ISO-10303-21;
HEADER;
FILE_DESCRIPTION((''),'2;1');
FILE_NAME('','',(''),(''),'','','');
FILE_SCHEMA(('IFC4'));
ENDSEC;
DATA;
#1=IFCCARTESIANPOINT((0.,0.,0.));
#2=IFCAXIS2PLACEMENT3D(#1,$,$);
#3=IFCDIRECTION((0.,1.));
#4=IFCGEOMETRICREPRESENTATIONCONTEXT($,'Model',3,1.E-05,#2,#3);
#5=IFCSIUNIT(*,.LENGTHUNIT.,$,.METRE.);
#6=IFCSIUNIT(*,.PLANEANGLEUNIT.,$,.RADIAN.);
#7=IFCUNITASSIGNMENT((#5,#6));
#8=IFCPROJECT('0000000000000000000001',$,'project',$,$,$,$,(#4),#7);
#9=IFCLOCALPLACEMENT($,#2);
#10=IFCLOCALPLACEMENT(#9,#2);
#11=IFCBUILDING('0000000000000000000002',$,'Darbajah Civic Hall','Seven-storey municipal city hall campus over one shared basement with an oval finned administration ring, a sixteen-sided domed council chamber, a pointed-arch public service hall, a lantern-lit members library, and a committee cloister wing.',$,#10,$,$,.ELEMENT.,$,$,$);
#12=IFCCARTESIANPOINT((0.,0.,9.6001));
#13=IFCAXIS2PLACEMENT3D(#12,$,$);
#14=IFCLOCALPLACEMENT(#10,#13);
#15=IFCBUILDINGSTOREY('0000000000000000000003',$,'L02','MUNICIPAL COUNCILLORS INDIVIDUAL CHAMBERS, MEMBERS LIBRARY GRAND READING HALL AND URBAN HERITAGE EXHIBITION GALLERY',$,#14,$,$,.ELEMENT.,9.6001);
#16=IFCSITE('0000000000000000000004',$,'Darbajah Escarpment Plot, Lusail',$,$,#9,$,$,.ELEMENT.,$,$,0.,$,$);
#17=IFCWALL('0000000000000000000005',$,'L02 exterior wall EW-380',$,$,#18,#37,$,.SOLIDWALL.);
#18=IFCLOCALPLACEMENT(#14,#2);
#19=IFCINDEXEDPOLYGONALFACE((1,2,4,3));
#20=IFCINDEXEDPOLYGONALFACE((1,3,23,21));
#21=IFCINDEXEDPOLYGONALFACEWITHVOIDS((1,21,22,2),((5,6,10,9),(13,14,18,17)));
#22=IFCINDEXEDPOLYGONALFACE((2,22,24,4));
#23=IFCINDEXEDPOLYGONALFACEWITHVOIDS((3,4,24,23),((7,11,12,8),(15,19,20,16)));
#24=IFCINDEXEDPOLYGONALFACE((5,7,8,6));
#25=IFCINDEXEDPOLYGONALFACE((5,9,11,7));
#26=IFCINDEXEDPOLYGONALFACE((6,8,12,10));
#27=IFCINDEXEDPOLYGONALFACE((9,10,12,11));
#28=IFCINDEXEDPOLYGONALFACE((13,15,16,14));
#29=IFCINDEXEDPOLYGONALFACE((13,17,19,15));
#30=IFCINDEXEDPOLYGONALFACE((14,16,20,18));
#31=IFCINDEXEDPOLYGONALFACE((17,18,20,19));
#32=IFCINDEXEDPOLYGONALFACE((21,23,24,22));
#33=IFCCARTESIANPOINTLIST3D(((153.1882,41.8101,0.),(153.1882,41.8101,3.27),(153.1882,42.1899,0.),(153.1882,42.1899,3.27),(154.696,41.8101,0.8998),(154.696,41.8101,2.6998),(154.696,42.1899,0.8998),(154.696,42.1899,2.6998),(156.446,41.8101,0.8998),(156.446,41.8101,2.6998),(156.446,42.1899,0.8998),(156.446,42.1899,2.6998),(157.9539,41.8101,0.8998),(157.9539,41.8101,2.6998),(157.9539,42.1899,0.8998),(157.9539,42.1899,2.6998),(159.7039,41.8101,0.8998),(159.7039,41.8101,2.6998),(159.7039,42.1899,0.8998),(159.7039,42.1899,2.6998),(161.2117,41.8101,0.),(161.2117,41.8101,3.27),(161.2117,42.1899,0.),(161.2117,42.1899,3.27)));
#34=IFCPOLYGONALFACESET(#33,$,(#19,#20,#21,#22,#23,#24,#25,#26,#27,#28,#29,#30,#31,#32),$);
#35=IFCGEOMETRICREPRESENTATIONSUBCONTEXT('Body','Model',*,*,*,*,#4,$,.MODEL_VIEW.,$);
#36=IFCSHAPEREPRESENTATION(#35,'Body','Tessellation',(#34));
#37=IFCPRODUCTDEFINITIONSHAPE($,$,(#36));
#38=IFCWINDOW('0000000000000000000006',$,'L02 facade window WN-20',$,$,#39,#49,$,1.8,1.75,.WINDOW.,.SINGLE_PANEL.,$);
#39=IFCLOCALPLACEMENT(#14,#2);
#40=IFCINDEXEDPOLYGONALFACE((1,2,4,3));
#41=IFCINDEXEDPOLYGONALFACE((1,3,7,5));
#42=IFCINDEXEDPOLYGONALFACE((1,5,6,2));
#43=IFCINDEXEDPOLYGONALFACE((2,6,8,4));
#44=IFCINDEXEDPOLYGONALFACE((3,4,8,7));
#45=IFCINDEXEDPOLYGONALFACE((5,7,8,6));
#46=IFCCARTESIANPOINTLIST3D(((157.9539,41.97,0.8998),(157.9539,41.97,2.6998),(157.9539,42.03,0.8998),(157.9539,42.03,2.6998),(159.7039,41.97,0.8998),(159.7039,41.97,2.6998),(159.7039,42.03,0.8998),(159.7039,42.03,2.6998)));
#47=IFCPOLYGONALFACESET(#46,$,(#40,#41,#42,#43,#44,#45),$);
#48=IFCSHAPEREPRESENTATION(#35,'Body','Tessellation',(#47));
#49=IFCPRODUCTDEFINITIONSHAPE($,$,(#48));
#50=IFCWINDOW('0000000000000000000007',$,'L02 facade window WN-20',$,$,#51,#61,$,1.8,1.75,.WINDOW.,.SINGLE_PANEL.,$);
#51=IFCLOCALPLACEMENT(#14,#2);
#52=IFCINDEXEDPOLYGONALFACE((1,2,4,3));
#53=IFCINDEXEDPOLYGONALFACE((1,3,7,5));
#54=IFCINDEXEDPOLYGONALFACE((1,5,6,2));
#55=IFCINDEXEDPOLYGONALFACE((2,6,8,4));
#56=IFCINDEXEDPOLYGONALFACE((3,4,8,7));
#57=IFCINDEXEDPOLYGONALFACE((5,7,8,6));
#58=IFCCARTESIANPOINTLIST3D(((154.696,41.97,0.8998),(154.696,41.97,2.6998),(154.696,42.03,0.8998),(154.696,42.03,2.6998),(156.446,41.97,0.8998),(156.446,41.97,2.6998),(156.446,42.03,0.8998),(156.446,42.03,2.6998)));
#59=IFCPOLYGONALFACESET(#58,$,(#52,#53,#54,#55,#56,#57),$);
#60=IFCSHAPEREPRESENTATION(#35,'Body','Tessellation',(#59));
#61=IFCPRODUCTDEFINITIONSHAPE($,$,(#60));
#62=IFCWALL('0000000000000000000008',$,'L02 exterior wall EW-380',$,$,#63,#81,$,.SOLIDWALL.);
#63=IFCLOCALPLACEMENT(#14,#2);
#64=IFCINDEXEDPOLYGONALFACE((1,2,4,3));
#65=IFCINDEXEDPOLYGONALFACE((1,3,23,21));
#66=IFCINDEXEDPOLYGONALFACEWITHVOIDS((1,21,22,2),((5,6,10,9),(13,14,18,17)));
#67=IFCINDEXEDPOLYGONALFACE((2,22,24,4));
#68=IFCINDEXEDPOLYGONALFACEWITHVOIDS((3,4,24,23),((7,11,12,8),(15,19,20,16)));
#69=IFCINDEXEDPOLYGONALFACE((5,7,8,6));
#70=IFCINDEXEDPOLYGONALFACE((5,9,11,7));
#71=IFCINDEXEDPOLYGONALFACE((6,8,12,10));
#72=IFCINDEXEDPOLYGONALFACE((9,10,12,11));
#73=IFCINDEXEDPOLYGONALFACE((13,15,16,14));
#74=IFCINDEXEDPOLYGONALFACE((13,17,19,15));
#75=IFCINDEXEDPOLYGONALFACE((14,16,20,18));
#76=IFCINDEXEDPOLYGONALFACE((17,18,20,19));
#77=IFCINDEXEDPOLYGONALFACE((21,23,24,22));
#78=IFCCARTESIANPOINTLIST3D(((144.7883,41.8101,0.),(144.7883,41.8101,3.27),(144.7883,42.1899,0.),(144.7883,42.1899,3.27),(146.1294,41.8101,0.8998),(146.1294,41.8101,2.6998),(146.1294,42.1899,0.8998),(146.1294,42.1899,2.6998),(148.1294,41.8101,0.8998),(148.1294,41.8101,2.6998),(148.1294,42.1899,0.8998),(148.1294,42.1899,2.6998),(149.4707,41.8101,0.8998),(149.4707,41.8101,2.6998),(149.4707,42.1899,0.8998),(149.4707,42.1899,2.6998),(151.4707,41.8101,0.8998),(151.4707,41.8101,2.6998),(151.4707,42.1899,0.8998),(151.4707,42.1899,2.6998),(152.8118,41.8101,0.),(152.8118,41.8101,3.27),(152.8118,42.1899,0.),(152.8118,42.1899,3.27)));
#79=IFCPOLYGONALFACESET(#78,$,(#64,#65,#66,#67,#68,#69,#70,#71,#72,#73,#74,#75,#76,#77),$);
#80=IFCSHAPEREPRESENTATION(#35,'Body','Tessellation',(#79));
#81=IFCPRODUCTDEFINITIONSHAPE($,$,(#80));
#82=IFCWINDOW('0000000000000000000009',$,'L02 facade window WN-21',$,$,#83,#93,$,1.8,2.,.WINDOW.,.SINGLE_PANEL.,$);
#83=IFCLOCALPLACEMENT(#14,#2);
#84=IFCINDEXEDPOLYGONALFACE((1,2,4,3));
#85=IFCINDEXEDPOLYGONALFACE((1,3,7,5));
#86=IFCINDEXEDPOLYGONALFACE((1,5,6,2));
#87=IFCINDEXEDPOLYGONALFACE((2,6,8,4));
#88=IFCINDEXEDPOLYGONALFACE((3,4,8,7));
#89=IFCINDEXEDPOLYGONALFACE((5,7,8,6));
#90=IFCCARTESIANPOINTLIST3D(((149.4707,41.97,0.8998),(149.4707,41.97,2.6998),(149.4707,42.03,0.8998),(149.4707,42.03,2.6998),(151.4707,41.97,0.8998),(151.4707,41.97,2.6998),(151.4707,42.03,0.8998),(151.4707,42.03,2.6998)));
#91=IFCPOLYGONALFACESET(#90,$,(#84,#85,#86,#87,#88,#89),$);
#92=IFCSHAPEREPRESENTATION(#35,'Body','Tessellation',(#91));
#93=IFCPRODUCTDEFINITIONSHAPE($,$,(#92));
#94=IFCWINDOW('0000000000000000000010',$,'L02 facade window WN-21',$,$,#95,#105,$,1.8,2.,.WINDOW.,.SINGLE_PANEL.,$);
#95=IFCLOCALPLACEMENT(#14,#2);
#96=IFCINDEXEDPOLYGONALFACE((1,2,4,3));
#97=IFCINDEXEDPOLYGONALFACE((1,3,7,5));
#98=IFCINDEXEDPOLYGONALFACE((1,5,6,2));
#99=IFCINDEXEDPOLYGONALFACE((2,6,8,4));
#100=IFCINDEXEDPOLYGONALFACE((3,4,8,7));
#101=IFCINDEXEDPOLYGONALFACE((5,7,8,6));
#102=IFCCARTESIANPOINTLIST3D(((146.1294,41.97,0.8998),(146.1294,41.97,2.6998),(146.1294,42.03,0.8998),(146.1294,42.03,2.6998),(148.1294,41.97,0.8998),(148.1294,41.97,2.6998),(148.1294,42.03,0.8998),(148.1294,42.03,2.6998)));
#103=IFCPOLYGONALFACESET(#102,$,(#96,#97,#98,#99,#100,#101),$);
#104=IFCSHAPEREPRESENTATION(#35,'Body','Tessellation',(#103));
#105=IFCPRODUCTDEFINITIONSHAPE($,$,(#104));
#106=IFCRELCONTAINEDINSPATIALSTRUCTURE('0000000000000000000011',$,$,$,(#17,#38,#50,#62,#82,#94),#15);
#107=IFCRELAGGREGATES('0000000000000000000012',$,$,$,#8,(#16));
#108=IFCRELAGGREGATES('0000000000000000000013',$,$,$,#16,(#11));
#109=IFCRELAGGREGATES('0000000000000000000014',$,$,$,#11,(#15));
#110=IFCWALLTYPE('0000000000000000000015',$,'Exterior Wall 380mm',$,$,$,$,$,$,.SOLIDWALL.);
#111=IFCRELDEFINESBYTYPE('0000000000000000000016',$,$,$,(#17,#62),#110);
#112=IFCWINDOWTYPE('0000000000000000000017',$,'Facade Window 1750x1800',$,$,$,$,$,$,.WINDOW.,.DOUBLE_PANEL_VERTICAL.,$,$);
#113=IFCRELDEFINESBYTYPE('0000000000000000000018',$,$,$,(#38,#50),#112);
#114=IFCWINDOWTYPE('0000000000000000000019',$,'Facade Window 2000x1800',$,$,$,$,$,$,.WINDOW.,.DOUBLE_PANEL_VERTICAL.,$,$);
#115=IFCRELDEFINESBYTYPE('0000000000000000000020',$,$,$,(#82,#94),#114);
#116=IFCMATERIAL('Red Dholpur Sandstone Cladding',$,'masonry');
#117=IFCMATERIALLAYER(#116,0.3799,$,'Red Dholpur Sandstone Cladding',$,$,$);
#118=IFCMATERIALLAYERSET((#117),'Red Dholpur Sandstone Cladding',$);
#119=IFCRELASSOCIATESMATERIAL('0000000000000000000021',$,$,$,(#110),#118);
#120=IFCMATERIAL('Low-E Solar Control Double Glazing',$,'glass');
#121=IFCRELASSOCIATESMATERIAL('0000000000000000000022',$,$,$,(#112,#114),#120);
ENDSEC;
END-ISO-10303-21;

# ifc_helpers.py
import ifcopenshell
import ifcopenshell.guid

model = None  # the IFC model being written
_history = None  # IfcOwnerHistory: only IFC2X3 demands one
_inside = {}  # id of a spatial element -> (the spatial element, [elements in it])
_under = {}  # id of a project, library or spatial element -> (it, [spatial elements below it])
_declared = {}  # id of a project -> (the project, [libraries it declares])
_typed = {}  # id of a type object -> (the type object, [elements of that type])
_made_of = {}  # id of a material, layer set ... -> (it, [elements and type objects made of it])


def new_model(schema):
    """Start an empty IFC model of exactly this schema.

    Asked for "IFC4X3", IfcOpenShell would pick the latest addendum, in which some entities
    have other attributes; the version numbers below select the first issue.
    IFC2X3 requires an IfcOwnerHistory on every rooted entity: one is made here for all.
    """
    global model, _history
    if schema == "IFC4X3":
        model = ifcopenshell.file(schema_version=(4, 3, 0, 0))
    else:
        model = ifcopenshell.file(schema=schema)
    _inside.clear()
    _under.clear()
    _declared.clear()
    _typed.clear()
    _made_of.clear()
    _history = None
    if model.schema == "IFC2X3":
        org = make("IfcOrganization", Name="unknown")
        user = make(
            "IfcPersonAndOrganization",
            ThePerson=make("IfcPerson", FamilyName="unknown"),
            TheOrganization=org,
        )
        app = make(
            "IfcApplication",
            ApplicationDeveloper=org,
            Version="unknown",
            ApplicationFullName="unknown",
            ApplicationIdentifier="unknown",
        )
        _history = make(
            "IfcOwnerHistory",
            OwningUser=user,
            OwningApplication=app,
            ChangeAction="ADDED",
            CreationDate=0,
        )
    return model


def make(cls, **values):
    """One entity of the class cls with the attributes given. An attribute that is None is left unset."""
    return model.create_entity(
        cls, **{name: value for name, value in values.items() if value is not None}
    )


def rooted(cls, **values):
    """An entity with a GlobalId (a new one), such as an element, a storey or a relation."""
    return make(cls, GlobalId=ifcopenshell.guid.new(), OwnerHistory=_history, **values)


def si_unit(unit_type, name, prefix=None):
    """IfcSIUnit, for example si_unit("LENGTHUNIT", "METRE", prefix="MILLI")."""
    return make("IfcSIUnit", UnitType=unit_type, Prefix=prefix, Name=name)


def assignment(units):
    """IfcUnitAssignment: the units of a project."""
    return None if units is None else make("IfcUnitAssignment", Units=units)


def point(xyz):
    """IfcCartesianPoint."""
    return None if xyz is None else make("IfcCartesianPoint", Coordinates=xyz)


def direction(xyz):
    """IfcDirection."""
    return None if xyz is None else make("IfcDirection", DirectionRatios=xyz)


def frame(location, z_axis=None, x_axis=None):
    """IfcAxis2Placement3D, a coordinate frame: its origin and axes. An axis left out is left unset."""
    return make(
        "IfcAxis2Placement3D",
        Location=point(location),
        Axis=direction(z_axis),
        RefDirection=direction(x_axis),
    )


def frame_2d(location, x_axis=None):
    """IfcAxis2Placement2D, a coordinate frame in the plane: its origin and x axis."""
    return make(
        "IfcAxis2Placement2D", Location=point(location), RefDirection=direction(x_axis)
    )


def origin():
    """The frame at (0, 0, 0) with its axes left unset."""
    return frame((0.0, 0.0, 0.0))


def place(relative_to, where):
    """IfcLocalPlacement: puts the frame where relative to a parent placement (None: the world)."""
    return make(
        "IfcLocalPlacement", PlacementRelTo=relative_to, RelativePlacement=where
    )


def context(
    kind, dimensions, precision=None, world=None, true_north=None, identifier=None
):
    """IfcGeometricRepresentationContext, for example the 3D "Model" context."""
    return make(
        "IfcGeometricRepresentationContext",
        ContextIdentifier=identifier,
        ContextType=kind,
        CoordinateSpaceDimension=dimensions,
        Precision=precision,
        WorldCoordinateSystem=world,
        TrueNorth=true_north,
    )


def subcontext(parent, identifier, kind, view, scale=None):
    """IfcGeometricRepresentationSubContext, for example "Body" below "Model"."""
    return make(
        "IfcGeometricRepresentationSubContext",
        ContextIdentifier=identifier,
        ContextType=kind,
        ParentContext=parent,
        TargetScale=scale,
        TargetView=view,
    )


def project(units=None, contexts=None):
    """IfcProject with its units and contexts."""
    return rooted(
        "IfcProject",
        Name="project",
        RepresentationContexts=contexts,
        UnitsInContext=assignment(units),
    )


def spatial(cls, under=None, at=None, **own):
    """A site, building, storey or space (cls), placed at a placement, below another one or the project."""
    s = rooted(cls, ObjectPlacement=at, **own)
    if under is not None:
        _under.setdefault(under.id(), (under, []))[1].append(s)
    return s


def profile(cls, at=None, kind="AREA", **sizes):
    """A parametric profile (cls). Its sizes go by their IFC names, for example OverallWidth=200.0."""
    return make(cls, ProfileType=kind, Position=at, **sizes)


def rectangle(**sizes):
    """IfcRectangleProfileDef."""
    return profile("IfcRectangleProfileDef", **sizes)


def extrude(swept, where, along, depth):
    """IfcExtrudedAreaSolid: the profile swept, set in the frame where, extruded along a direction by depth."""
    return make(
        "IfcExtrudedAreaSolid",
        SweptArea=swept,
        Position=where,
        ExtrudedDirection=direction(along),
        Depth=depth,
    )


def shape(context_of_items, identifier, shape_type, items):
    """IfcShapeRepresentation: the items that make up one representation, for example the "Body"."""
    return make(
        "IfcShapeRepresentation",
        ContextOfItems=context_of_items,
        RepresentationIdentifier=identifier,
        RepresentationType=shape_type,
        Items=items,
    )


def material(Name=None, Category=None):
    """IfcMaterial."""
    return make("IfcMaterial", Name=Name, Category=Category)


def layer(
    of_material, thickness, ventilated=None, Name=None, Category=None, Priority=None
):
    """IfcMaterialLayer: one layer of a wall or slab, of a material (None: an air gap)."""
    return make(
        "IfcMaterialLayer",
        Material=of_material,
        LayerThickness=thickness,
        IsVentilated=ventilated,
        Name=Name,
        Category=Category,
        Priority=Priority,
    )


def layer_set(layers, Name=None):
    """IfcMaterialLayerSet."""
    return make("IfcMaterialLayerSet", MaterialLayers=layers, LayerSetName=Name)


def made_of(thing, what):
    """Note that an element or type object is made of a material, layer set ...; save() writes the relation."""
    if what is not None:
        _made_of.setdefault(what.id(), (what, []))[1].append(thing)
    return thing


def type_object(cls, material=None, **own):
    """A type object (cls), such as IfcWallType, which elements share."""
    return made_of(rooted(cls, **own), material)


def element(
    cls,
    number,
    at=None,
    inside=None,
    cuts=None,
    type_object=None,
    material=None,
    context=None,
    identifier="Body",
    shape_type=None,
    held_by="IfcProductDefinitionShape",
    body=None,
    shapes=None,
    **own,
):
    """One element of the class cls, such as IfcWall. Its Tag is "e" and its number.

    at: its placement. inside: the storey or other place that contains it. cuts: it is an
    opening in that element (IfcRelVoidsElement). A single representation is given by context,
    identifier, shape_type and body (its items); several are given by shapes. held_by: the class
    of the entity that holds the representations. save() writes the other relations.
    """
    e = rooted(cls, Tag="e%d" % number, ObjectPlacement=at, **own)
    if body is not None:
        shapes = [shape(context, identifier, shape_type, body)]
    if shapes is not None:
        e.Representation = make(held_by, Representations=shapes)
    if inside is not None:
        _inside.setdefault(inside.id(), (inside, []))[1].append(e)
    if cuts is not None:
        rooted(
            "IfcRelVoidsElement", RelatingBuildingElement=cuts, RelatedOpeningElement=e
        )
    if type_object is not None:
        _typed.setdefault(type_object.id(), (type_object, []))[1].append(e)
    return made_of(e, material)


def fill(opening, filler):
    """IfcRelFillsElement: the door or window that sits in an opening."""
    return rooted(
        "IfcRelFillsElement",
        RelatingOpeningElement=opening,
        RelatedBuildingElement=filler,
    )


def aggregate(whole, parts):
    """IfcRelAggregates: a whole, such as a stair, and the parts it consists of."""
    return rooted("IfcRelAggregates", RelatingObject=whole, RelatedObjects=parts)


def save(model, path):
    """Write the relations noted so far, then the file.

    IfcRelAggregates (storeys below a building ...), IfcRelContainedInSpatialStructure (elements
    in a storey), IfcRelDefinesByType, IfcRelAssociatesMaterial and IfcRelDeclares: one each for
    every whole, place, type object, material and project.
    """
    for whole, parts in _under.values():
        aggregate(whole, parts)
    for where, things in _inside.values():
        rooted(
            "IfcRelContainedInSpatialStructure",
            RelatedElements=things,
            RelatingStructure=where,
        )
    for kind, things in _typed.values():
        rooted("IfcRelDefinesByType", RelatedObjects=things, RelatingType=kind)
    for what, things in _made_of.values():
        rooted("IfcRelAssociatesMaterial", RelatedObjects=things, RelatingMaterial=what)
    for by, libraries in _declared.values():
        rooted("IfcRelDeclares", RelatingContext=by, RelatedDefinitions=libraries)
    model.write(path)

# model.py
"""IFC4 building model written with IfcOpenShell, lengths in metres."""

from ifc_helpers import new_model, si_unit, direction, frame, frame_2d, origin, place, context, subcontext, project, spatial, rectangle, extrude, material, layer, layer_set, type_object, element, fill, save


model = new_model("IFC4")

# Units and contexts
model_context = context("Model", 3, precision=1e-05, world=origin(), true_north=direction((0.0, 1.0)))
body_context = subcontext(model_context, "Body", "Model", "MODEL_VIEW")
ifc_project = project(units=[si_unit("LENGTHUNIT", "METRE"), si_unit("PLANEANGLEUNIT", "RADIAN")], contexts=[model_context])

# Site, building, storey
site_placement = place(None, origin())
site = spatial("IfcSite", under=ifc_project, at=site_placement, Name="Darbajah Escarpment Plot, Lusail", CompositionType="ELEMENT", RefElevation=0.0)
building_placement = place(site_placement, origin())
building = spatial("IfcBuilding", under=site, at=building_placement, Name="Darbajah Civic Hall", Description="Seven-storey municipal city hall campus over one shared basement with an oval finned administration ring, a sixteen-sided domed council chamber, a pointed-arch public service hall, a lantern-lit members library, and a committee cloister wing.", CompositionType="ELEMENT")
storey_placement = place(building_placement, frame((0.0, 0.0, 9.6001)))
storey = spatial("IfcBuildingStorey", under=building, at=storey_placement, Name="L02", Description="MUNICIPAL COUNCILLORS INDIVIDUAL CHAMBERS, MEMBERS LIBRARY GRAND READING HALL AND URBAN HERITAGE EXHIBITION GALLERY", CompositionType="ELEMENT", Elevation=9.6001)

# Walls, openings, windows
ifc_material_1 = material(Name="Red Dholpur Sandstone Cladding", Category="masonry")
ifc_layer = layer(ifc_material_1, 0.3799, Name="Red Dholpur Sandstone Cladding")
ifc_layer_set = layer_set([ifc_layer], Name="Red Dholpur Sandstone Cladding")
wall_type = type_object("IfcWallType", Name="Exterior Wall 380mm", PredefinedType="SOLIDWALL", material=ifc_layer_set)
ifc_material_2 = material(Name="Low-E Solar Control Double Glazing", Category="glass")
wall_1_placement = place(storey_placement, frame((161.2117, 42.0, 0.0), z_axis=(0.0, 0.0, 1.0), x_axis=(-1.0, 0.0, 0.0)))
wall_1 = element("IfcWall", 1, at=wall_1_placement, inside=storey, type_object=wall_type, Name="L02 exterior wall EW-380", PredefinedType="SOLIDWALL", context=body_context, shape_type="SweptSolid", body=[
    extrude(rectangle(XDim=8.0234, YDim=0.3799, at=frame_2d((4.0117, 0.0))), origin(), (0.0, 0.0, 1.0), 3.27),
])
opening_1_placement = place(wall_1_placement, frame((1.5078, 0.0, 0.8999)))
opening_1 = element("IfcOpeningElement", 2, at=opening_1_placement, cuts=wall_1, PredefinedType="OPENING", context=body_context, shape_type="SweptSolid", body=[
    extrude(rectangle(XDim=1.75, YDim=1.8, at=frame_2d((0.875, 0.8999))), frame((0.0, 0.2, 0.0), z_axis=(0.0, -1.0, 0.0), x_axis=(1.0, 0.0, 0.0)), (0.0, 0.0, 1.0), 0.3999),
])
opening_2_placement = place(wall_1_placement, frame((4.7656, 0.0, 0.8999)))
opening_2 = element("IfcOpeningElement", 3, at=opening_2_placement, cuts=wall_1, PredefinedType="OPENING", context=body_context, shape_type="SweptSolid", body=[
    extrude(rectangle(XDim=1.75, YDim=1.8, at=frame_2d((0.875, 0.8999))), frame((0.0, 0.2, 0.0), z_axis=(0.0, -1.0, 0.0), x_axis=(1.0, 0.0, 0.0)), (0.0, 0.0, 1.0), 0.3999),
])
window_type_1 = type_object("IfcWindowType", Name="Facade Window 1750x1800", PartitioningType="DOUBLE_PANEL_VERTICAL", PredefinedType="WINDOW", material=ifc_material_2)
window_1_placement = place(opening_1_placement, origin())
window_1 = element("IfcWindow", 4, at=window_1_placement, inside=storey, type_object=window_type_1, Name="L02 facade window WN-20", OverallHeight=1.8, OverallWidth=1.75, PartitioningType="SINGLE_PANEL", PredefinedType="WINDOW", context=body_context, shape_type="SweptSolid", body=[
    extrude(rectangle(XDim=1.75, YDim=1.8, at=frame_2d((0.875, 0.8999))), frame((0.0, 0.03, 0.0), z_axis=(0.0, -1.0, 0.0), x_axis=(1.0, 0.0, 0.0)), (0.0, 0.0, 1.0), 0.0601),
])
fill(opening_1, window_1)
window_2_placement = place(opening_2_placement, origin())
window_2 = element("IfcWindow", 5, at=window_2_placement, inside=storey, type_object=window_type_1, Name="L02 facade window WN-20", OverallHeight=1.8, OverallWidth=1.75, PartitioningType="SINGLE_PANEL", PredefinedType="WINDOW", context=body_context, shape_type="SweptSolid", body=[
    extrude(rectangle(XDim=1.75, YDim=1.8, at=frame_2d((0.875, 0.8999))), frame((0.0, 0.03, 0.0), z_axis=(0.0, -1.0, 0.0), x_axis=(1.0, 0.0, 0.0)), (0.0, 0.0, 1.0), 0.0601),
])
fill(opening_2, window_2)
wall_2_placement = place(storey_placement, frame((152.8118, 42.0, 0.0), z_axis=(0.0, 0.0, 1.0), x_axis=(-1.0, 0.0, 0.0)))
wall_2 = element("IfcWall", 6, at=wall_2_placement, inside=storey, type_object=wall_type, Name="L02 exterior wall EW-380", PredefinedType="SOLIDWALL", context=body_context, shape_type="SweptSolid", body=[
    extrude(rectangle(XDim=8.0234, YDim=0.3799, at=frame_2d((4.0117, 0.0))), origin(), (0.0, 0.0, 1.0), 3.27),
])
opening_3_placement = place(wall_2_placement, frame((1.3411, 0.0, 0.8999)))
opening_3 = element("IfcOpeningElement", 7, at=opening_3_placement, cuts=wall_2, PredefinedType="OPENING", context=body_context, shape_type="SweptSolid", body=[
    extrude(rectangle(XDim=2.0, YDim=1.8, at=frame_2d((1.0, 0.8999))), frame((0.0, 0.2, 0.0), z_axis=(0.0, -1.0, 0.0), x_axis=(1.0, 0.0, 0.0)), (0.0, 0.0, 1.0), 0.3999),
])
opening_4_placement = place(wall_2_placement, frame((4.6824, 0.0, 0.8999)))
opening_4 = element("IfcOpeningElement", 8, at=opening_4_placement, cuts=wall_2, PredefinedType="OPENING", context=body_context, shape_type="SweptSolid", body=[
    extrude(rectangle(XDim=2.0, YDim=1.8, at=frame_2d((1.0, 0.8999))), frame((0.0, 0.2, 0.0), z_axis=(0.0, -1.0, 0.0), x_axis=(1.0, 0.0, 0.0)), (0.0, 0.0, 1.0), 0.3999),
])
window_type_2 = type_object("IfcWindowType", Name="Facade Window 2000x1800", PartitioningType="DOUBLE_PANEL_VERTICAL", PredefinedType="WINDOW", material=ifc_material_2)
window_3_placement = place(opening_3_placement, origin())
window_3 = element("IfcWindow", 9, at=window_3_placement, inside=storey, type_object=window_type_2, Name="L02 facade window WN-21", OverallHeight=1.8, OverallWidth=2.0, PartitioningType="SINGLE_PANEL", PredefinedType="WINDOW", context=body_context, shape_type="SweptSolid", body=[
    extrude(rectangle(XDim=2.0, YDim=1.8, at=frame_2d((1.0, 0.8999))), frame((0.0, 0.03, 0.0), z_axis=(0.0, -1.0, 0.0), x_axis=(1.0, 0.0, 0.0)), (0.0, 0.0, 1.0), 0.0601),
])
fill(opening_3, window_3)
window_4_placement = place(opening_4_placement, origin())
window_4 = element("IfcWindow", 10, at=window_4_placement, inside=storey, type_object=window_type_2, Name="L02 facade window WN-21", OverallHeight=1.8, OverallWidth=2.0, PartitioningType="SINGLE_PANEL", PredefinedType="WINDOW", context=body_context, shape_type="SweptSolid", body=[
    extrude(rectangle(XDim=2.0, YDim=1.8, at=frame_2d((1.0, 0.8999))), frame((0.0, 0.03, 0.0), z_axis=(0.0, -1.0, 0.0), x_axis=(1.0, 0.0, 0.0)), (0.0, 0.0, 1.0), 0.0601),
])
fill(opening_4, window_4)

save(model, "model.ifc")
